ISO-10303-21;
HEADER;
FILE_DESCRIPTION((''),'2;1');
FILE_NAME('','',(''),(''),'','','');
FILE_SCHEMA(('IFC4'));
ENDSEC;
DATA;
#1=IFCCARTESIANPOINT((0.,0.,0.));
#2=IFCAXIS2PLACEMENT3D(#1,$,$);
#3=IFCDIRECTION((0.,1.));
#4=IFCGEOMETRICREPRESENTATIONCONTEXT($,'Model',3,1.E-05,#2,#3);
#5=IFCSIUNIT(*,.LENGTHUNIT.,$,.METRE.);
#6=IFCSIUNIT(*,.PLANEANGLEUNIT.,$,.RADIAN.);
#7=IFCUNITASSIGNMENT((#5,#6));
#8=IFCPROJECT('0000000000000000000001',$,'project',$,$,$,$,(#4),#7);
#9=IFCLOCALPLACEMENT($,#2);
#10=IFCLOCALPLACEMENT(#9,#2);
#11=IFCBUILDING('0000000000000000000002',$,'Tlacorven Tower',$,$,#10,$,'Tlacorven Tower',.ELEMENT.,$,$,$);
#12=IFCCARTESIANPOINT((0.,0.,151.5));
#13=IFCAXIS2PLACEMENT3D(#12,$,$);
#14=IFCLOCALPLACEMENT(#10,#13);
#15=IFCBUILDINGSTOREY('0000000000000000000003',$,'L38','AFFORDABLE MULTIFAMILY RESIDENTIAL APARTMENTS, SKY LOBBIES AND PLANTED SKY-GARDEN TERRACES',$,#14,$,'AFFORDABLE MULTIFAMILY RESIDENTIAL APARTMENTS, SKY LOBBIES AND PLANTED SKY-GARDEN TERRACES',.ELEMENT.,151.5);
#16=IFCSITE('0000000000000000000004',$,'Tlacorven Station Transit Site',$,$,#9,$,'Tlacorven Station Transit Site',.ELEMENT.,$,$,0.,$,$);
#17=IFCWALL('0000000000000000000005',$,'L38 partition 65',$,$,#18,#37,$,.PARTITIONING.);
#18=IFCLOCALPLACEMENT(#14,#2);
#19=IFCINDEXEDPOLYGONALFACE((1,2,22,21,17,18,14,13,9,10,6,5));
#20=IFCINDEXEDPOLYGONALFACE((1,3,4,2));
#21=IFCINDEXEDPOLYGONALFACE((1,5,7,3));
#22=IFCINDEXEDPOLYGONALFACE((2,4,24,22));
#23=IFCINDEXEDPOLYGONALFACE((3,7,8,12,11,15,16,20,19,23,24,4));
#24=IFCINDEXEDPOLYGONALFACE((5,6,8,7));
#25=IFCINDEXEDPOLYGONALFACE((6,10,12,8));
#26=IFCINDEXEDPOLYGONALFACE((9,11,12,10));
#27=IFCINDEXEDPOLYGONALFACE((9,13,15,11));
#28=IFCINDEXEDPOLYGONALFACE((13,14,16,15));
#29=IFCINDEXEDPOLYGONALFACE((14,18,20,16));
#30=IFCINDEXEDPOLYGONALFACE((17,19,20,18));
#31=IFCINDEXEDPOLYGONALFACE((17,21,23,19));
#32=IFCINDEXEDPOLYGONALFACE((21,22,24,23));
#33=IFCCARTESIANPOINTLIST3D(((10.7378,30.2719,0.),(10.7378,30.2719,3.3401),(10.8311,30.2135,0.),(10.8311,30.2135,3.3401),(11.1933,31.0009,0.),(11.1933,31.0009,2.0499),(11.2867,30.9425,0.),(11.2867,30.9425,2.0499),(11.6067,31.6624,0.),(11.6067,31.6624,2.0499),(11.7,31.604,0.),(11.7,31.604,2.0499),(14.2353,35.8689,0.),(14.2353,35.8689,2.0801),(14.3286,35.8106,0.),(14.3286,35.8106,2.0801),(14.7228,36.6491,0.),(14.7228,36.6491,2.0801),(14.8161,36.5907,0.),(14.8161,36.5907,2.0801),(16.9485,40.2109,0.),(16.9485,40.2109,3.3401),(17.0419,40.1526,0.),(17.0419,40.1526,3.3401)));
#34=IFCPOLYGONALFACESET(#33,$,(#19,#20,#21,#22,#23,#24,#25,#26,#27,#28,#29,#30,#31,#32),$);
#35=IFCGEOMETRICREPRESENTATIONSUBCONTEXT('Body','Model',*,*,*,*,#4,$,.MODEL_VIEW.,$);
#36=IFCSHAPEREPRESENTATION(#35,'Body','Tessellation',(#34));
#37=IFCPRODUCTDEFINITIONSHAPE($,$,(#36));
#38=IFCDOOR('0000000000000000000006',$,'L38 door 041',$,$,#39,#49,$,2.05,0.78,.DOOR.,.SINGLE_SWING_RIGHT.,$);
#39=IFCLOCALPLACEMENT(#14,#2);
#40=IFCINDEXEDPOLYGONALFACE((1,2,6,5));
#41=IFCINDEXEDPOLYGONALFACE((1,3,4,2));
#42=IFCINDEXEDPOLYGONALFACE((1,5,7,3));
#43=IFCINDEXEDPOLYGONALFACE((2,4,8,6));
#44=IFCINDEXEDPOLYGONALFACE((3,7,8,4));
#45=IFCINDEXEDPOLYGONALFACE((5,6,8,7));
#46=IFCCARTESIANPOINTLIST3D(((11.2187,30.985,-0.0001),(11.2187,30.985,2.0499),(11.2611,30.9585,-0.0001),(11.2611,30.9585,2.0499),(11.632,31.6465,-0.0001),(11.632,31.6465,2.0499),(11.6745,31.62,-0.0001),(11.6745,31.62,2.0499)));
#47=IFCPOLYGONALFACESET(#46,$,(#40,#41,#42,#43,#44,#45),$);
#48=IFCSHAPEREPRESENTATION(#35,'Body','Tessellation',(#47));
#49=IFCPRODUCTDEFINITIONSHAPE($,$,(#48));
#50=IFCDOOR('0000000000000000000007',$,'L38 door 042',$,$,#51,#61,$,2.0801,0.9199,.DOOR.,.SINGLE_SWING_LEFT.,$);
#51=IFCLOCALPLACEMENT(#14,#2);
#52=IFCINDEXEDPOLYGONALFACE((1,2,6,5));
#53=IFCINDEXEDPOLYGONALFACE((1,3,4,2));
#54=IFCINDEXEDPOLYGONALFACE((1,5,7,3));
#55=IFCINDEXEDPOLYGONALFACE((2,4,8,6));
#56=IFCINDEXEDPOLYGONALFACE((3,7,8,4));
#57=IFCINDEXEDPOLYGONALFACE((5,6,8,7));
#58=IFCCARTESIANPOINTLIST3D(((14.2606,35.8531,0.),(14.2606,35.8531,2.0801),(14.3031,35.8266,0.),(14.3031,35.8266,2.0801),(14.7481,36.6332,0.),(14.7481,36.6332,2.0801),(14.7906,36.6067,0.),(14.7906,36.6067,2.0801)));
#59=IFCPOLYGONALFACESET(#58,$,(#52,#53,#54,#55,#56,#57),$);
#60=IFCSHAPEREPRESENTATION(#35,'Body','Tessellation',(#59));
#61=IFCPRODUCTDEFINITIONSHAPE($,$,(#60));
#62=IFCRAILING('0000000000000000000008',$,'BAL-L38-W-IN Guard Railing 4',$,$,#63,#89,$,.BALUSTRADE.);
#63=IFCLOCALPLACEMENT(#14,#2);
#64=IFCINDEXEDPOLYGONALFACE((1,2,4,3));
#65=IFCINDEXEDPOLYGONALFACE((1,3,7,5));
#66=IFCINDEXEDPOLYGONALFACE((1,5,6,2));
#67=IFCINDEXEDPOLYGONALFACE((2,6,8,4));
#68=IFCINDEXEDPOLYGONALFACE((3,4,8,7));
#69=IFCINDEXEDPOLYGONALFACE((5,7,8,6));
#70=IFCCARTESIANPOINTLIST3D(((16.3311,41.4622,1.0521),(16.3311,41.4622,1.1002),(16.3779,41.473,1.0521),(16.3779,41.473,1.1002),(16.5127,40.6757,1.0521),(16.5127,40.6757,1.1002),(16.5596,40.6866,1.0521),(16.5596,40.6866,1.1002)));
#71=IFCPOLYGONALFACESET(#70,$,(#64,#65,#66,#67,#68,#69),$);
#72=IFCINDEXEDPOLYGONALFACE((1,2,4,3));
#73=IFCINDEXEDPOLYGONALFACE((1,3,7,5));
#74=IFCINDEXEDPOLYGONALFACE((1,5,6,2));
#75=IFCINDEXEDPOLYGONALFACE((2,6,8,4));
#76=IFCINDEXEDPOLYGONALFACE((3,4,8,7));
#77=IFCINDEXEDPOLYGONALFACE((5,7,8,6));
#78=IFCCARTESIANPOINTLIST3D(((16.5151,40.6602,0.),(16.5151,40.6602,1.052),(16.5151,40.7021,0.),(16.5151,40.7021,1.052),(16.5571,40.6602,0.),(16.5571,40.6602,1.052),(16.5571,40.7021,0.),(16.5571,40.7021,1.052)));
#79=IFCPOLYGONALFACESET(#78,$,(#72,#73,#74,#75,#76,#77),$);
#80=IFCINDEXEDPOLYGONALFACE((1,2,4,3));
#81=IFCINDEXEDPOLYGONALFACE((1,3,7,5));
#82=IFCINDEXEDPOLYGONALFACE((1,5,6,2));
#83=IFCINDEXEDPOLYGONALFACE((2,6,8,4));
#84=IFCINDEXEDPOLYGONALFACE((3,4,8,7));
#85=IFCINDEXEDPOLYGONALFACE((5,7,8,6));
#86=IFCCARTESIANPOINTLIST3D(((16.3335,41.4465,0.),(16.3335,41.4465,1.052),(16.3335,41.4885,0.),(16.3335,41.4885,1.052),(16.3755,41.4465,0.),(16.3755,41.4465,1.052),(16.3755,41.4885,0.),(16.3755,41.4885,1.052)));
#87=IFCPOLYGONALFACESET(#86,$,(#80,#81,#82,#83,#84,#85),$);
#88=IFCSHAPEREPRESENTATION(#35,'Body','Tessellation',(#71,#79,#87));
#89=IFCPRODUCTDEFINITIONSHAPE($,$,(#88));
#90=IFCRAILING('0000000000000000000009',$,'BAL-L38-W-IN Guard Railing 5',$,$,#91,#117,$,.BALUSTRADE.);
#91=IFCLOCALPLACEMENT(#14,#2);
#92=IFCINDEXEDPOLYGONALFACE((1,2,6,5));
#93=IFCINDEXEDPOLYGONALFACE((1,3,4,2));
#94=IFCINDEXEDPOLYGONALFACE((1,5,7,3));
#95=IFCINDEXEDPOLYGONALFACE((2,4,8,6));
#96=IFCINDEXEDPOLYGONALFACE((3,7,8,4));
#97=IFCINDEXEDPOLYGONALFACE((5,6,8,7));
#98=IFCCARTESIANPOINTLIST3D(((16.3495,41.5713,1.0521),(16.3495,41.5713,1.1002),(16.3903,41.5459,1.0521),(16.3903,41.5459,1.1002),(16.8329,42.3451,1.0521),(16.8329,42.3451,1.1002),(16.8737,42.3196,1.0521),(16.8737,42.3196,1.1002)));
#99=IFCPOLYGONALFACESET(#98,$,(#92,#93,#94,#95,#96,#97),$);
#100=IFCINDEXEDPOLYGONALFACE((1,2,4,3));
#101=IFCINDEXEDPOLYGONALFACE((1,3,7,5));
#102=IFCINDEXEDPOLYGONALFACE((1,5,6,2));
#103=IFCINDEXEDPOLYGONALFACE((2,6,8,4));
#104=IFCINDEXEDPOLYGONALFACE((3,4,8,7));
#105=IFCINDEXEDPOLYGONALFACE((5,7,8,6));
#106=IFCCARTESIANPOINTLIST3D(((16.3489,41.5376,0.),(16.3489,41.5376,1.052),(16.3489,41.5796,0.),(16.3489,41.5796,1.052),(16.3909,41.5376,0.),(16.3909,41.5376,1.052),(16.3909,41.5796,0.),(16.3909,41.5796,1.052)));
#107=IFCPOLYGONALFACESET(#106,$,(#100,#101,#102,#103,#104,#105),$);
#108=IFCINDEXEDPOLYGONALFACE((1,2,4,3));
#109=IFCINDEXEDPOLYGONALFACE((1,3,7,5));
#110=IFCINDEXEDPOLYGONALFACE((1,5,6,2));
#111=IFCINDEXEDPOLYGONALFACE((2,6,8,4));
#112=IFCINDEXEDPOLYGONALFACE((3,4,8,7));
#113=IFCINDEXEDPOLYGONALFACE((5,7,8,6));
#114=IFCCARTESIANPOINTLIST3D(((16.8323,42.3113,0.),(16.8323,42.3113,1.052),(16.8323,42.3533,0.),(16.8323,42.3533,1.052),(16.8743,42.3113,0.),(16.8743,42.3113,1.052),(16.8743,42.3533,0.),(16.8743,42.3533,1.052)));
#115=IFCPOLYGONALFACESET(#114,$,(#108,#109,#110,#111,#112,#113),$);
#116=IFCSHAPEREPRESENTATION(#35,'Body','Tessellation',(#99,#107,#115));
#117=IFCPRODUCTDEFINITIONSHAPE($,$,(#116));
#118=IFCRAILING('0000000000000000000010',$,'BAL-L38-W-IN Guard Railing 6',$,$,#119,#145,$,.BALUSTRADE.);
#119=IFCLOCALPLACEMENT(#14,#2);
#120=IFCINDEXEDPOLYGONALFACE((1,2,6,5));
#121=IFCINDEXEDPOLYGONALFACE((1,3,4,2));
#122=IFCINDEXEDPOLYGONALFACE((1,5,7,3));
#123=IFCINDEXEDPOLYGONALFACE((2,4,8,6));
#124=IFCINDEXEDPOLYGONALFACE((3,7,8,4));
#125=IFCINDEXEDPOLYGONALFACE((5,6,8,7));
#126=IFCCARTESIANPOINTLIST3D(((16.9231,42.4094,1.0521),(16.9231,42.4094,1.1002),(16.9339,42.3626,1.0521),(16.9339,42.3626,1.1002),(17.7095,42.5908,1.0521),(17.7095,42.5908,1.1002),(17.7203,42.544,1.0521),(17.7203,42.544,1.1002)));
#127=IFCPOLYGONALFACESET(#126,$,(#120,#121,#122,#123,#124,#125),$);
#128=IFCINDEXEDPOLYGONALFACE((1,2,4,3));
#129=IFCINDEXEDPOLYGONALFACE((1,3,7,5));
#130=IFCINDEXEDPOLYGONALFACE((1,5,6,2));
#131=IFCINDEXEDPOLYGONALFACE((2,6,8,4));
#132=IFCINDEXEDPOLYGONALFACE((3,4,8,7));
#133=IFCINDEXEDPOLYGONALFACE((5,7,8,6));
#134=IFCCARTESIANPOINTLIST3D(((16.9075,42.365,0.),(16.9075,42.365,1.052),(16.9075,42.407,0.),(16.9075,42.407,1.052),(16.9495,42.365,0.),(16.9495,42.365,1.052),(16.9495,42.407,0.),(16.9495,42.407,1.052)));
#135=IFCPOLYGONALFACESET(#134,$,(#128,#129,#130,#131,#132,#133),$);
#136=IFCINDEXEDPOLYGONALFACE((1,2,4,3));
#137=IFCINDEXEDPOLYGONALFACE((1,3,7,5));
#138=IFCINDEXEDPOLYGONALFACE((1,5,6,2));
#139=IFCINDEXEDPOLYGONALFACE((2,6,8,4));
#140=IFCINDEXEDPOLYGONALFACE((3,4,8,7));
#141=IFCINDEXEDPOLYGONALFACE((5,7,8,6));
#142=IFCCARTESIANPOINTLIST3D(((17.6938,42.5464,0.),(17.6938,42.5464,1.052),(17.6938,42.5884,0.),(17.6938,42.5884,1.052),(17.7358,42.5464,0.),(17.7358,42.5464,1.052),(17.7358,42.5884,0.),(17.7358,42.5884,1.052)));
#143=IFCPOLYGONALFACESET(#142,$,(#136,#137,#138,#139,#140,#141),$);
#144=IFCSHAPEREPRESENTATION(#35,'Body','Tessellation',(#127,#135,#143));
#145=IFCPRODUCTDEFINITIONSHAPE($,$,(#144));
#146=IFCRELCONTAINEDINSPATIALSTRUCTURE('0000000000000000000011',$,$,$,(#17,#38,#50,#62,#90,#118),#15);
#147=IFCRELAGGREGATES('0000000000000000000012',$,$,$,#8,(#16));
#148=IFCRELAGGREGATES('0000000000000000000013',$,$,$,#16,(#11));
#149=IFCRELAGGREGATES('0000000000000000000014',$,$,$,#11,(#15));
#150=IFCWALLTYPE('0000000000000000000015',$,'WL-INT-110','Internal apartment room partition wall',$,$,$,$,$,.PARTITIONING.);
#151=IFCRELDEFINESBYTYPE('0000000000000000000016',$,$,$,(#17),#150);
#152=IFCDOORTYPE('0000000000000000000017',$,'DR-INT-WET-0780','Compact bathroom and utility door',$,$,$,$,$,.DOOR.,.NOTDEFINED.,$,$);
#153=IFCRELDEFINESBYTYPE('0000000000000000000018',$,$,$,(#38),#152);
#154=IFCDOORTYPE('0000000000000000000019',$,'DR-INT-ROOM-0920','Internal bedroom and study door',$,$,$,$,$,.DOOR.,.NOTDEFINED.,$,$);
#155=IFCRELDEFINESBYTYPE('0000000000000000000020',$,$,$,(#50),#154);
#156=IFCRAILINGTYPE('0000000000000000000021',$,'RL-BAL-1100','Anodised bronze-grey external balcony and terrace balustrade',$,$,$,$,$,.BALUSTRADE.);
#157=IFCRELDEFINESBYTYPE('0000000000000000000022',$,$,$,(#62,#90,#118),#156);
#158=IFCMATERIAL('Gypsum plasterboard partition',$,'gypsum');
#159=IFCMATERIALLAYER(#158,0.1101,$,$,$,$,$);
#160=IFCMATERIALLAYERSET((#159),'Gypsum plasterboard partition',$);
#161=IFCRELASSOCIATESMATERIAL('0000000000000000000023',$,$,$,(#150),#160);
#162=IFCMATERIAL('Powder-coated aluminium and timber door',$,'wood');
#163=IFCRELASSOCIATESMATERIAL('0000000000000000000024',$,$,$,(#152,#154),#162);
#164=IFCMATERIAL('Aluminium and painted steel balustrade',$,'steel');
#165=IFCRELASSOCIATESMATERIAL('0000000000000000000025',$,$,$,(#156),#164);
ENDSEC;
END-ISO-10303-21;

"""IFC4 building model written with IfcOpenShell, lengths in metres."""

from ifc_helpers import new_model, si_unit, direction, frame, frame_2d, origin, origin_2d, place, context, subcontext, project, spatial, rectangle, extrude, source, transform, mapped, material, layer, layer_set, type_object, element, fill, save


model = new_model("IFC4")

# Units and contexts
model_context = context("Model", 3, precision=1e-05, world=origin(), true_north=direction((0.0, 1.0)))
body_context = subcontext(model_context, "Body", "Model", "MODEL_VIEW")
ifc_project = project(units=[si_unit("LENGTHUNIT", "METRE"), si_unit("PLANEANGLEUNIT", "RADIAN")], contexts=[model_context])

# Site, building, storey
site_placement = place(None, origin())
site = spatial("IfcSite", under=ifc_project, at=site_placement, Name="Tlacorven Station Transit Site", LongName="Tlacorven Station Transit Site", CompositionType="ELEMENT", RefElevation=0.0)
building_placement = place(site_placement, origin())
building = spatial("IfcBuilding", under=site, at=building_placement, Name="Tlacorven Tower", LongName="Tlacorven Tower", CompositionType="ELEMENT")
storey_placement = place(building_placement, frame((0.0, 0.0, 151.5)))
storey = spatial("IfcBuildingStorey", under=building, at=storey_placement, Name="L38", Description="AFFORDABLE MULTIFAMILY RESIDENTIAL APARTMENTS, SKY LOBBIES AND PLANTED SKY-GARDEN TERRACES", LongName="AFFORDABLE MULTIFAMILY RESIDENTIAL APARTMENTS, SKY LOBBIES AND PLANTED SKY-GARDEN TERRACES", CompositionType="ELEMENT", Elevation=151.5)

# Shared definitions
ifc_material_1 = material(Name="Powder-coated aluminium and timber door", Category="wood")

# Wall, openings, doors
ifc_material_2 = material(Name="Gypsum plasterboard partition", Category="gypsum")
ifc_layer_1 = layer(ifc_material_2, 0.1101)
ifc_layer_set_1 = layer_set([ifc_layer_1], Name="Gypsum plasterboard partition")
wall_type_1 = type_object("IfcWallType", Name="WL-INT-110", Description="Internal apartment room partition wall", PredefinedType="PARTITIONING", material=ifc_layer_set_1)
wall_1_placement = place(storey_placement, frame((16.9951, 40.1816, 0.0), z_axis=(0.0, 0.0, 1.0), x_axis=(-0.529928, -0.848043, 0.0)))
wall_1 = element("IfcWall", 1, at=wall_1_placement, inside=storey, type_object=wall_type_1, Name="L38 partition 65", PredefinedType="PARTITIONING", context=body_context, shape_type="SweptSolid", body=[
    extrude(rectangle(XDim=11.72, YDim=0.1101, at=frame_2d((5.8599, 0.0))), origin(), (0.0, 0.0, 1.0), 3.3401),
])
opening_1_placement = place(wall_1_placement, frame((10.0801, 0.0, 0.0)))
opening_1 = element("IfcOpeningElement", 2, at=opening_1_placement, cuts=wall_1, PredefinedType="OPENING", context=body_context, shape_type="SweptSolid", body=[
    extrude(rectangle(XDim=0.78, YDim=2.05, at=frame_2d((0.3901, 1.0249))), frame((0.0, 0.0649, 0.0), z_axis=(0.0, -1.0, 0.0), x_axis=(1.0, 0.0, 0.0)), (0.0, 0.0, 1.0), 0.1301),
])
opening_2_placement = place(wall_1_placement, frame((4.2, 0.0, 0.0)))
opening_2 = element("IfcOpeningElement", 3, at=opening_2_placement, cuts=wall_1, PredefinedType="OPENING", context=body_context, shape_type="SweptSolid", body=[
    extrude(rectangle(XDim=0.9199, YDim=2.0801, at=frame_2d((0.46, 1.04))), frame((0.0, 0.0649, 0.0), z_axis=(0.0, -1.0, 0.0), x_axis=(1.0, 0.0, 0.0)), (0.0, 0.0, 1.0), 0.1301),
])
door_type_1 = type_object("IfcDoorType", Name="DR-INT-WET-0780", Description="Compact bathroom and utility door", OperationType="NOTDEFINED", PredefinedType="DOOR", material=ifc_material_1)
shared_shape_1 = source(origin(), body_context, "Body", "SweptSolid", [
    extrude(rectangle(XDim=0.78, YDim=2.05, at=frame_2d((0.3901, 1.0249))), frame((0.0, 0.0249, 0.0), z_axis=(0.0, -1.0, 0.0), x_axis=(1.0, 0.0, 0.0)), (0.0, 0.0, 1.0), 0.05),
])
door_1_placement = place(opening_1_placement, origin())
door_1 = element("IfcDoor", 4, at=door_1_placement, inside=storey, type_object=door_type_1, Name="L38 door 041", OperationType="SINGLE_SWING_RIGHT", OverallHeight=2.05, OverallWidth=0.78, PredefinedType="DOOR", context=body_context, shape_type="MappedRepresentation", body=[
    mapped(shared_shape_1, transform((0.0, 0.0, 0.0), scale=1.0)),
])
fill(opening_1, door_1)
door_type_2 = type_object("IfcDoorType", Name="DR-INT-ROOM-0920", Description="Internal bedroom and study door", OperationType="NOTDEFINED", PredefinedType="DOOR", material=ifc_material_1)
shared_shape_2 = source(origin(), body_context, "Body", "SweptSolid", [
    extrude(rectangle(XDim=0.9199, YDim=2.0801, at=frame_2d((0.46, 1.04))), frame((0.0, 0.0249, 0.0), z_axis=(0.0, -1.0, 0.0), x_axis=(1.0, 0.0, 0.0)), (0.0, 0.0, 1.0), 0.05),
])
door_2_placement = place(opening_2_placement, origin())
door_2 = element("IfcDoor", 5, at=door_2_placement, inside=storey, type_object=door_type_2, Name="L38 door 042", OperationType="SINGLE_SWING_LEFT", OverallHeight=2.0801, OverallWidth=0.9199, PredefinedType="DOOR", context=body_context, shape_type="MappedRepresentation", body=[
    mapped(shared_shape_2, transform((0.0, 0.0, 0.0), scale=1.0)),
])
fill(opening_2, door_2)

# Railings
ifc_material_3 = material(Name="Aluminium and painted steel balustrade", Category="steel")
railing_type = type_object("IfcRailingType", Name="RL-BAL-1100", Description="Anodised bronze-grey external balcony and terrace balustrade", PredefinedType="BALUSTRADE", material=ifc_material_3)
shared_shape_3 = source(origin(), body_context, "Body", "SweptSolid", [
    extrude(rectangle(XDim=0.0481, YDim=0.0481, at=origin_2d()), frame((0.0, 0.0, 1.0762), z_axis=(-0.225058, 0.974345, 0.0), x_axis=(-0.974345, -0.225058, 0.0)), (0.0, 0.0, 1.0), 0.8071),
    extrude(rectangle(XDim=0.042, YDim=0.042, at=origin_2d()), origin(), (0.0, 0.0, 1.0), 1.052),
    extrude(rectangle(XDim=0.042, YDim=0.042, at=origin_2d()), frame((-0.1816, 0.7864, 0.0)), (0.0, 0.0, 1.0), 1.052),
])
railing_1_placement = place(storey_placement, frame((16.5361, 40.6812, 0.0)))
element("IfcRailing", 6, at=railing_1_placement, inside=storey, type_object=railing_type, Name="BAL-L38-W-IN Guard Railing 4", PredefinedType="BALUSTRADE", context=body_context, shape_type="MappedRepresentation", body=[
    mapped(shared_shape_3, transform((0.0, 0.0, 0.0), scale=1.0)),
])
shared_shape_4 = source(origin(), body_context, "Body", "SweptSolid", [
    extrude(rectangle(XDim=0.0481, YDim=0.0481, at=origin_2d()), frame((0.0, 0.0, 1.0762), z_axis=(0.529879, 0.848073, 0.0), x_axis=(-0.848073, 0.529879, 0.0)), (0.0, 0.0, 1.0), 0.9124),
    extrude(rectangle(XDim=0.042, YDim=0.042, at=origin_2d()), origin(), (0.0, 0.0, 1.0), 1.052),
    extrude(rectangle(XDim=0.042, YDim=0.042, at=origin_2d()), frame((0.4834, 0.7737, 0.0)), (0.0, 0.0, 1.0), 1.052),
])
railing_2_placement = place(storey_placement, frame((16.3699, 41.5586, 0.0)))
element("IfcRailing", 7, at=railing_2_placement, inside=storey, type_object=railing_type, Name="BAL-L38-W-IN Guard Railing 5", PredefinedType="BALUSTRADE", context=body_context, shape_type="MappedRepresentation", body=[
    mapped(shared_shape_4, transform((0.0, 0.0, 0.0), scale=1.0)),
])
shared_shape_5 = source(origin(), body_context, "Body", "SweptSolid", [
    extrude(rectangle(XDim=0.0481, YDim=0.0481, at=origin_2d()), frame((0.0, 0.0, 1.0762), z_axis=(0.974412, 0.224771, 0.0), x_axis=(-0.224771, 0.974412, 0.0)), (0.0, 0.0, 1.0), 0.8071),
    extrude(rectangle(XDim=0.042, YDim=0.042, at=origin_2d()), origin(), (0.0, 0.0, 1.0), 1.052),
    extrude(rectangle(XDim=0.042, YDim=0.042, at=origin_2d()), frame((0.7864, 0.1814, 0.0)), (0.0, 0.0, 1.0), 1.052),
])
railing_3_placement = place(storey_placement, frame((16.9285, 42.386, 0.0)))
element("IfcRailing", 8, at=railing_3_placement, inside=storey, type_object=railing_type, Name="BAL-L38-W-IN Guard Railing 6", PredefinedType="BALUSTRADE", context=body_context, shape_type="MappedRepresentation", body=[
    mapped(shared_shape_5, transform((0.0, 0.0, 0.0), scale=1.0)),
])

save(model, "model.ifc")
